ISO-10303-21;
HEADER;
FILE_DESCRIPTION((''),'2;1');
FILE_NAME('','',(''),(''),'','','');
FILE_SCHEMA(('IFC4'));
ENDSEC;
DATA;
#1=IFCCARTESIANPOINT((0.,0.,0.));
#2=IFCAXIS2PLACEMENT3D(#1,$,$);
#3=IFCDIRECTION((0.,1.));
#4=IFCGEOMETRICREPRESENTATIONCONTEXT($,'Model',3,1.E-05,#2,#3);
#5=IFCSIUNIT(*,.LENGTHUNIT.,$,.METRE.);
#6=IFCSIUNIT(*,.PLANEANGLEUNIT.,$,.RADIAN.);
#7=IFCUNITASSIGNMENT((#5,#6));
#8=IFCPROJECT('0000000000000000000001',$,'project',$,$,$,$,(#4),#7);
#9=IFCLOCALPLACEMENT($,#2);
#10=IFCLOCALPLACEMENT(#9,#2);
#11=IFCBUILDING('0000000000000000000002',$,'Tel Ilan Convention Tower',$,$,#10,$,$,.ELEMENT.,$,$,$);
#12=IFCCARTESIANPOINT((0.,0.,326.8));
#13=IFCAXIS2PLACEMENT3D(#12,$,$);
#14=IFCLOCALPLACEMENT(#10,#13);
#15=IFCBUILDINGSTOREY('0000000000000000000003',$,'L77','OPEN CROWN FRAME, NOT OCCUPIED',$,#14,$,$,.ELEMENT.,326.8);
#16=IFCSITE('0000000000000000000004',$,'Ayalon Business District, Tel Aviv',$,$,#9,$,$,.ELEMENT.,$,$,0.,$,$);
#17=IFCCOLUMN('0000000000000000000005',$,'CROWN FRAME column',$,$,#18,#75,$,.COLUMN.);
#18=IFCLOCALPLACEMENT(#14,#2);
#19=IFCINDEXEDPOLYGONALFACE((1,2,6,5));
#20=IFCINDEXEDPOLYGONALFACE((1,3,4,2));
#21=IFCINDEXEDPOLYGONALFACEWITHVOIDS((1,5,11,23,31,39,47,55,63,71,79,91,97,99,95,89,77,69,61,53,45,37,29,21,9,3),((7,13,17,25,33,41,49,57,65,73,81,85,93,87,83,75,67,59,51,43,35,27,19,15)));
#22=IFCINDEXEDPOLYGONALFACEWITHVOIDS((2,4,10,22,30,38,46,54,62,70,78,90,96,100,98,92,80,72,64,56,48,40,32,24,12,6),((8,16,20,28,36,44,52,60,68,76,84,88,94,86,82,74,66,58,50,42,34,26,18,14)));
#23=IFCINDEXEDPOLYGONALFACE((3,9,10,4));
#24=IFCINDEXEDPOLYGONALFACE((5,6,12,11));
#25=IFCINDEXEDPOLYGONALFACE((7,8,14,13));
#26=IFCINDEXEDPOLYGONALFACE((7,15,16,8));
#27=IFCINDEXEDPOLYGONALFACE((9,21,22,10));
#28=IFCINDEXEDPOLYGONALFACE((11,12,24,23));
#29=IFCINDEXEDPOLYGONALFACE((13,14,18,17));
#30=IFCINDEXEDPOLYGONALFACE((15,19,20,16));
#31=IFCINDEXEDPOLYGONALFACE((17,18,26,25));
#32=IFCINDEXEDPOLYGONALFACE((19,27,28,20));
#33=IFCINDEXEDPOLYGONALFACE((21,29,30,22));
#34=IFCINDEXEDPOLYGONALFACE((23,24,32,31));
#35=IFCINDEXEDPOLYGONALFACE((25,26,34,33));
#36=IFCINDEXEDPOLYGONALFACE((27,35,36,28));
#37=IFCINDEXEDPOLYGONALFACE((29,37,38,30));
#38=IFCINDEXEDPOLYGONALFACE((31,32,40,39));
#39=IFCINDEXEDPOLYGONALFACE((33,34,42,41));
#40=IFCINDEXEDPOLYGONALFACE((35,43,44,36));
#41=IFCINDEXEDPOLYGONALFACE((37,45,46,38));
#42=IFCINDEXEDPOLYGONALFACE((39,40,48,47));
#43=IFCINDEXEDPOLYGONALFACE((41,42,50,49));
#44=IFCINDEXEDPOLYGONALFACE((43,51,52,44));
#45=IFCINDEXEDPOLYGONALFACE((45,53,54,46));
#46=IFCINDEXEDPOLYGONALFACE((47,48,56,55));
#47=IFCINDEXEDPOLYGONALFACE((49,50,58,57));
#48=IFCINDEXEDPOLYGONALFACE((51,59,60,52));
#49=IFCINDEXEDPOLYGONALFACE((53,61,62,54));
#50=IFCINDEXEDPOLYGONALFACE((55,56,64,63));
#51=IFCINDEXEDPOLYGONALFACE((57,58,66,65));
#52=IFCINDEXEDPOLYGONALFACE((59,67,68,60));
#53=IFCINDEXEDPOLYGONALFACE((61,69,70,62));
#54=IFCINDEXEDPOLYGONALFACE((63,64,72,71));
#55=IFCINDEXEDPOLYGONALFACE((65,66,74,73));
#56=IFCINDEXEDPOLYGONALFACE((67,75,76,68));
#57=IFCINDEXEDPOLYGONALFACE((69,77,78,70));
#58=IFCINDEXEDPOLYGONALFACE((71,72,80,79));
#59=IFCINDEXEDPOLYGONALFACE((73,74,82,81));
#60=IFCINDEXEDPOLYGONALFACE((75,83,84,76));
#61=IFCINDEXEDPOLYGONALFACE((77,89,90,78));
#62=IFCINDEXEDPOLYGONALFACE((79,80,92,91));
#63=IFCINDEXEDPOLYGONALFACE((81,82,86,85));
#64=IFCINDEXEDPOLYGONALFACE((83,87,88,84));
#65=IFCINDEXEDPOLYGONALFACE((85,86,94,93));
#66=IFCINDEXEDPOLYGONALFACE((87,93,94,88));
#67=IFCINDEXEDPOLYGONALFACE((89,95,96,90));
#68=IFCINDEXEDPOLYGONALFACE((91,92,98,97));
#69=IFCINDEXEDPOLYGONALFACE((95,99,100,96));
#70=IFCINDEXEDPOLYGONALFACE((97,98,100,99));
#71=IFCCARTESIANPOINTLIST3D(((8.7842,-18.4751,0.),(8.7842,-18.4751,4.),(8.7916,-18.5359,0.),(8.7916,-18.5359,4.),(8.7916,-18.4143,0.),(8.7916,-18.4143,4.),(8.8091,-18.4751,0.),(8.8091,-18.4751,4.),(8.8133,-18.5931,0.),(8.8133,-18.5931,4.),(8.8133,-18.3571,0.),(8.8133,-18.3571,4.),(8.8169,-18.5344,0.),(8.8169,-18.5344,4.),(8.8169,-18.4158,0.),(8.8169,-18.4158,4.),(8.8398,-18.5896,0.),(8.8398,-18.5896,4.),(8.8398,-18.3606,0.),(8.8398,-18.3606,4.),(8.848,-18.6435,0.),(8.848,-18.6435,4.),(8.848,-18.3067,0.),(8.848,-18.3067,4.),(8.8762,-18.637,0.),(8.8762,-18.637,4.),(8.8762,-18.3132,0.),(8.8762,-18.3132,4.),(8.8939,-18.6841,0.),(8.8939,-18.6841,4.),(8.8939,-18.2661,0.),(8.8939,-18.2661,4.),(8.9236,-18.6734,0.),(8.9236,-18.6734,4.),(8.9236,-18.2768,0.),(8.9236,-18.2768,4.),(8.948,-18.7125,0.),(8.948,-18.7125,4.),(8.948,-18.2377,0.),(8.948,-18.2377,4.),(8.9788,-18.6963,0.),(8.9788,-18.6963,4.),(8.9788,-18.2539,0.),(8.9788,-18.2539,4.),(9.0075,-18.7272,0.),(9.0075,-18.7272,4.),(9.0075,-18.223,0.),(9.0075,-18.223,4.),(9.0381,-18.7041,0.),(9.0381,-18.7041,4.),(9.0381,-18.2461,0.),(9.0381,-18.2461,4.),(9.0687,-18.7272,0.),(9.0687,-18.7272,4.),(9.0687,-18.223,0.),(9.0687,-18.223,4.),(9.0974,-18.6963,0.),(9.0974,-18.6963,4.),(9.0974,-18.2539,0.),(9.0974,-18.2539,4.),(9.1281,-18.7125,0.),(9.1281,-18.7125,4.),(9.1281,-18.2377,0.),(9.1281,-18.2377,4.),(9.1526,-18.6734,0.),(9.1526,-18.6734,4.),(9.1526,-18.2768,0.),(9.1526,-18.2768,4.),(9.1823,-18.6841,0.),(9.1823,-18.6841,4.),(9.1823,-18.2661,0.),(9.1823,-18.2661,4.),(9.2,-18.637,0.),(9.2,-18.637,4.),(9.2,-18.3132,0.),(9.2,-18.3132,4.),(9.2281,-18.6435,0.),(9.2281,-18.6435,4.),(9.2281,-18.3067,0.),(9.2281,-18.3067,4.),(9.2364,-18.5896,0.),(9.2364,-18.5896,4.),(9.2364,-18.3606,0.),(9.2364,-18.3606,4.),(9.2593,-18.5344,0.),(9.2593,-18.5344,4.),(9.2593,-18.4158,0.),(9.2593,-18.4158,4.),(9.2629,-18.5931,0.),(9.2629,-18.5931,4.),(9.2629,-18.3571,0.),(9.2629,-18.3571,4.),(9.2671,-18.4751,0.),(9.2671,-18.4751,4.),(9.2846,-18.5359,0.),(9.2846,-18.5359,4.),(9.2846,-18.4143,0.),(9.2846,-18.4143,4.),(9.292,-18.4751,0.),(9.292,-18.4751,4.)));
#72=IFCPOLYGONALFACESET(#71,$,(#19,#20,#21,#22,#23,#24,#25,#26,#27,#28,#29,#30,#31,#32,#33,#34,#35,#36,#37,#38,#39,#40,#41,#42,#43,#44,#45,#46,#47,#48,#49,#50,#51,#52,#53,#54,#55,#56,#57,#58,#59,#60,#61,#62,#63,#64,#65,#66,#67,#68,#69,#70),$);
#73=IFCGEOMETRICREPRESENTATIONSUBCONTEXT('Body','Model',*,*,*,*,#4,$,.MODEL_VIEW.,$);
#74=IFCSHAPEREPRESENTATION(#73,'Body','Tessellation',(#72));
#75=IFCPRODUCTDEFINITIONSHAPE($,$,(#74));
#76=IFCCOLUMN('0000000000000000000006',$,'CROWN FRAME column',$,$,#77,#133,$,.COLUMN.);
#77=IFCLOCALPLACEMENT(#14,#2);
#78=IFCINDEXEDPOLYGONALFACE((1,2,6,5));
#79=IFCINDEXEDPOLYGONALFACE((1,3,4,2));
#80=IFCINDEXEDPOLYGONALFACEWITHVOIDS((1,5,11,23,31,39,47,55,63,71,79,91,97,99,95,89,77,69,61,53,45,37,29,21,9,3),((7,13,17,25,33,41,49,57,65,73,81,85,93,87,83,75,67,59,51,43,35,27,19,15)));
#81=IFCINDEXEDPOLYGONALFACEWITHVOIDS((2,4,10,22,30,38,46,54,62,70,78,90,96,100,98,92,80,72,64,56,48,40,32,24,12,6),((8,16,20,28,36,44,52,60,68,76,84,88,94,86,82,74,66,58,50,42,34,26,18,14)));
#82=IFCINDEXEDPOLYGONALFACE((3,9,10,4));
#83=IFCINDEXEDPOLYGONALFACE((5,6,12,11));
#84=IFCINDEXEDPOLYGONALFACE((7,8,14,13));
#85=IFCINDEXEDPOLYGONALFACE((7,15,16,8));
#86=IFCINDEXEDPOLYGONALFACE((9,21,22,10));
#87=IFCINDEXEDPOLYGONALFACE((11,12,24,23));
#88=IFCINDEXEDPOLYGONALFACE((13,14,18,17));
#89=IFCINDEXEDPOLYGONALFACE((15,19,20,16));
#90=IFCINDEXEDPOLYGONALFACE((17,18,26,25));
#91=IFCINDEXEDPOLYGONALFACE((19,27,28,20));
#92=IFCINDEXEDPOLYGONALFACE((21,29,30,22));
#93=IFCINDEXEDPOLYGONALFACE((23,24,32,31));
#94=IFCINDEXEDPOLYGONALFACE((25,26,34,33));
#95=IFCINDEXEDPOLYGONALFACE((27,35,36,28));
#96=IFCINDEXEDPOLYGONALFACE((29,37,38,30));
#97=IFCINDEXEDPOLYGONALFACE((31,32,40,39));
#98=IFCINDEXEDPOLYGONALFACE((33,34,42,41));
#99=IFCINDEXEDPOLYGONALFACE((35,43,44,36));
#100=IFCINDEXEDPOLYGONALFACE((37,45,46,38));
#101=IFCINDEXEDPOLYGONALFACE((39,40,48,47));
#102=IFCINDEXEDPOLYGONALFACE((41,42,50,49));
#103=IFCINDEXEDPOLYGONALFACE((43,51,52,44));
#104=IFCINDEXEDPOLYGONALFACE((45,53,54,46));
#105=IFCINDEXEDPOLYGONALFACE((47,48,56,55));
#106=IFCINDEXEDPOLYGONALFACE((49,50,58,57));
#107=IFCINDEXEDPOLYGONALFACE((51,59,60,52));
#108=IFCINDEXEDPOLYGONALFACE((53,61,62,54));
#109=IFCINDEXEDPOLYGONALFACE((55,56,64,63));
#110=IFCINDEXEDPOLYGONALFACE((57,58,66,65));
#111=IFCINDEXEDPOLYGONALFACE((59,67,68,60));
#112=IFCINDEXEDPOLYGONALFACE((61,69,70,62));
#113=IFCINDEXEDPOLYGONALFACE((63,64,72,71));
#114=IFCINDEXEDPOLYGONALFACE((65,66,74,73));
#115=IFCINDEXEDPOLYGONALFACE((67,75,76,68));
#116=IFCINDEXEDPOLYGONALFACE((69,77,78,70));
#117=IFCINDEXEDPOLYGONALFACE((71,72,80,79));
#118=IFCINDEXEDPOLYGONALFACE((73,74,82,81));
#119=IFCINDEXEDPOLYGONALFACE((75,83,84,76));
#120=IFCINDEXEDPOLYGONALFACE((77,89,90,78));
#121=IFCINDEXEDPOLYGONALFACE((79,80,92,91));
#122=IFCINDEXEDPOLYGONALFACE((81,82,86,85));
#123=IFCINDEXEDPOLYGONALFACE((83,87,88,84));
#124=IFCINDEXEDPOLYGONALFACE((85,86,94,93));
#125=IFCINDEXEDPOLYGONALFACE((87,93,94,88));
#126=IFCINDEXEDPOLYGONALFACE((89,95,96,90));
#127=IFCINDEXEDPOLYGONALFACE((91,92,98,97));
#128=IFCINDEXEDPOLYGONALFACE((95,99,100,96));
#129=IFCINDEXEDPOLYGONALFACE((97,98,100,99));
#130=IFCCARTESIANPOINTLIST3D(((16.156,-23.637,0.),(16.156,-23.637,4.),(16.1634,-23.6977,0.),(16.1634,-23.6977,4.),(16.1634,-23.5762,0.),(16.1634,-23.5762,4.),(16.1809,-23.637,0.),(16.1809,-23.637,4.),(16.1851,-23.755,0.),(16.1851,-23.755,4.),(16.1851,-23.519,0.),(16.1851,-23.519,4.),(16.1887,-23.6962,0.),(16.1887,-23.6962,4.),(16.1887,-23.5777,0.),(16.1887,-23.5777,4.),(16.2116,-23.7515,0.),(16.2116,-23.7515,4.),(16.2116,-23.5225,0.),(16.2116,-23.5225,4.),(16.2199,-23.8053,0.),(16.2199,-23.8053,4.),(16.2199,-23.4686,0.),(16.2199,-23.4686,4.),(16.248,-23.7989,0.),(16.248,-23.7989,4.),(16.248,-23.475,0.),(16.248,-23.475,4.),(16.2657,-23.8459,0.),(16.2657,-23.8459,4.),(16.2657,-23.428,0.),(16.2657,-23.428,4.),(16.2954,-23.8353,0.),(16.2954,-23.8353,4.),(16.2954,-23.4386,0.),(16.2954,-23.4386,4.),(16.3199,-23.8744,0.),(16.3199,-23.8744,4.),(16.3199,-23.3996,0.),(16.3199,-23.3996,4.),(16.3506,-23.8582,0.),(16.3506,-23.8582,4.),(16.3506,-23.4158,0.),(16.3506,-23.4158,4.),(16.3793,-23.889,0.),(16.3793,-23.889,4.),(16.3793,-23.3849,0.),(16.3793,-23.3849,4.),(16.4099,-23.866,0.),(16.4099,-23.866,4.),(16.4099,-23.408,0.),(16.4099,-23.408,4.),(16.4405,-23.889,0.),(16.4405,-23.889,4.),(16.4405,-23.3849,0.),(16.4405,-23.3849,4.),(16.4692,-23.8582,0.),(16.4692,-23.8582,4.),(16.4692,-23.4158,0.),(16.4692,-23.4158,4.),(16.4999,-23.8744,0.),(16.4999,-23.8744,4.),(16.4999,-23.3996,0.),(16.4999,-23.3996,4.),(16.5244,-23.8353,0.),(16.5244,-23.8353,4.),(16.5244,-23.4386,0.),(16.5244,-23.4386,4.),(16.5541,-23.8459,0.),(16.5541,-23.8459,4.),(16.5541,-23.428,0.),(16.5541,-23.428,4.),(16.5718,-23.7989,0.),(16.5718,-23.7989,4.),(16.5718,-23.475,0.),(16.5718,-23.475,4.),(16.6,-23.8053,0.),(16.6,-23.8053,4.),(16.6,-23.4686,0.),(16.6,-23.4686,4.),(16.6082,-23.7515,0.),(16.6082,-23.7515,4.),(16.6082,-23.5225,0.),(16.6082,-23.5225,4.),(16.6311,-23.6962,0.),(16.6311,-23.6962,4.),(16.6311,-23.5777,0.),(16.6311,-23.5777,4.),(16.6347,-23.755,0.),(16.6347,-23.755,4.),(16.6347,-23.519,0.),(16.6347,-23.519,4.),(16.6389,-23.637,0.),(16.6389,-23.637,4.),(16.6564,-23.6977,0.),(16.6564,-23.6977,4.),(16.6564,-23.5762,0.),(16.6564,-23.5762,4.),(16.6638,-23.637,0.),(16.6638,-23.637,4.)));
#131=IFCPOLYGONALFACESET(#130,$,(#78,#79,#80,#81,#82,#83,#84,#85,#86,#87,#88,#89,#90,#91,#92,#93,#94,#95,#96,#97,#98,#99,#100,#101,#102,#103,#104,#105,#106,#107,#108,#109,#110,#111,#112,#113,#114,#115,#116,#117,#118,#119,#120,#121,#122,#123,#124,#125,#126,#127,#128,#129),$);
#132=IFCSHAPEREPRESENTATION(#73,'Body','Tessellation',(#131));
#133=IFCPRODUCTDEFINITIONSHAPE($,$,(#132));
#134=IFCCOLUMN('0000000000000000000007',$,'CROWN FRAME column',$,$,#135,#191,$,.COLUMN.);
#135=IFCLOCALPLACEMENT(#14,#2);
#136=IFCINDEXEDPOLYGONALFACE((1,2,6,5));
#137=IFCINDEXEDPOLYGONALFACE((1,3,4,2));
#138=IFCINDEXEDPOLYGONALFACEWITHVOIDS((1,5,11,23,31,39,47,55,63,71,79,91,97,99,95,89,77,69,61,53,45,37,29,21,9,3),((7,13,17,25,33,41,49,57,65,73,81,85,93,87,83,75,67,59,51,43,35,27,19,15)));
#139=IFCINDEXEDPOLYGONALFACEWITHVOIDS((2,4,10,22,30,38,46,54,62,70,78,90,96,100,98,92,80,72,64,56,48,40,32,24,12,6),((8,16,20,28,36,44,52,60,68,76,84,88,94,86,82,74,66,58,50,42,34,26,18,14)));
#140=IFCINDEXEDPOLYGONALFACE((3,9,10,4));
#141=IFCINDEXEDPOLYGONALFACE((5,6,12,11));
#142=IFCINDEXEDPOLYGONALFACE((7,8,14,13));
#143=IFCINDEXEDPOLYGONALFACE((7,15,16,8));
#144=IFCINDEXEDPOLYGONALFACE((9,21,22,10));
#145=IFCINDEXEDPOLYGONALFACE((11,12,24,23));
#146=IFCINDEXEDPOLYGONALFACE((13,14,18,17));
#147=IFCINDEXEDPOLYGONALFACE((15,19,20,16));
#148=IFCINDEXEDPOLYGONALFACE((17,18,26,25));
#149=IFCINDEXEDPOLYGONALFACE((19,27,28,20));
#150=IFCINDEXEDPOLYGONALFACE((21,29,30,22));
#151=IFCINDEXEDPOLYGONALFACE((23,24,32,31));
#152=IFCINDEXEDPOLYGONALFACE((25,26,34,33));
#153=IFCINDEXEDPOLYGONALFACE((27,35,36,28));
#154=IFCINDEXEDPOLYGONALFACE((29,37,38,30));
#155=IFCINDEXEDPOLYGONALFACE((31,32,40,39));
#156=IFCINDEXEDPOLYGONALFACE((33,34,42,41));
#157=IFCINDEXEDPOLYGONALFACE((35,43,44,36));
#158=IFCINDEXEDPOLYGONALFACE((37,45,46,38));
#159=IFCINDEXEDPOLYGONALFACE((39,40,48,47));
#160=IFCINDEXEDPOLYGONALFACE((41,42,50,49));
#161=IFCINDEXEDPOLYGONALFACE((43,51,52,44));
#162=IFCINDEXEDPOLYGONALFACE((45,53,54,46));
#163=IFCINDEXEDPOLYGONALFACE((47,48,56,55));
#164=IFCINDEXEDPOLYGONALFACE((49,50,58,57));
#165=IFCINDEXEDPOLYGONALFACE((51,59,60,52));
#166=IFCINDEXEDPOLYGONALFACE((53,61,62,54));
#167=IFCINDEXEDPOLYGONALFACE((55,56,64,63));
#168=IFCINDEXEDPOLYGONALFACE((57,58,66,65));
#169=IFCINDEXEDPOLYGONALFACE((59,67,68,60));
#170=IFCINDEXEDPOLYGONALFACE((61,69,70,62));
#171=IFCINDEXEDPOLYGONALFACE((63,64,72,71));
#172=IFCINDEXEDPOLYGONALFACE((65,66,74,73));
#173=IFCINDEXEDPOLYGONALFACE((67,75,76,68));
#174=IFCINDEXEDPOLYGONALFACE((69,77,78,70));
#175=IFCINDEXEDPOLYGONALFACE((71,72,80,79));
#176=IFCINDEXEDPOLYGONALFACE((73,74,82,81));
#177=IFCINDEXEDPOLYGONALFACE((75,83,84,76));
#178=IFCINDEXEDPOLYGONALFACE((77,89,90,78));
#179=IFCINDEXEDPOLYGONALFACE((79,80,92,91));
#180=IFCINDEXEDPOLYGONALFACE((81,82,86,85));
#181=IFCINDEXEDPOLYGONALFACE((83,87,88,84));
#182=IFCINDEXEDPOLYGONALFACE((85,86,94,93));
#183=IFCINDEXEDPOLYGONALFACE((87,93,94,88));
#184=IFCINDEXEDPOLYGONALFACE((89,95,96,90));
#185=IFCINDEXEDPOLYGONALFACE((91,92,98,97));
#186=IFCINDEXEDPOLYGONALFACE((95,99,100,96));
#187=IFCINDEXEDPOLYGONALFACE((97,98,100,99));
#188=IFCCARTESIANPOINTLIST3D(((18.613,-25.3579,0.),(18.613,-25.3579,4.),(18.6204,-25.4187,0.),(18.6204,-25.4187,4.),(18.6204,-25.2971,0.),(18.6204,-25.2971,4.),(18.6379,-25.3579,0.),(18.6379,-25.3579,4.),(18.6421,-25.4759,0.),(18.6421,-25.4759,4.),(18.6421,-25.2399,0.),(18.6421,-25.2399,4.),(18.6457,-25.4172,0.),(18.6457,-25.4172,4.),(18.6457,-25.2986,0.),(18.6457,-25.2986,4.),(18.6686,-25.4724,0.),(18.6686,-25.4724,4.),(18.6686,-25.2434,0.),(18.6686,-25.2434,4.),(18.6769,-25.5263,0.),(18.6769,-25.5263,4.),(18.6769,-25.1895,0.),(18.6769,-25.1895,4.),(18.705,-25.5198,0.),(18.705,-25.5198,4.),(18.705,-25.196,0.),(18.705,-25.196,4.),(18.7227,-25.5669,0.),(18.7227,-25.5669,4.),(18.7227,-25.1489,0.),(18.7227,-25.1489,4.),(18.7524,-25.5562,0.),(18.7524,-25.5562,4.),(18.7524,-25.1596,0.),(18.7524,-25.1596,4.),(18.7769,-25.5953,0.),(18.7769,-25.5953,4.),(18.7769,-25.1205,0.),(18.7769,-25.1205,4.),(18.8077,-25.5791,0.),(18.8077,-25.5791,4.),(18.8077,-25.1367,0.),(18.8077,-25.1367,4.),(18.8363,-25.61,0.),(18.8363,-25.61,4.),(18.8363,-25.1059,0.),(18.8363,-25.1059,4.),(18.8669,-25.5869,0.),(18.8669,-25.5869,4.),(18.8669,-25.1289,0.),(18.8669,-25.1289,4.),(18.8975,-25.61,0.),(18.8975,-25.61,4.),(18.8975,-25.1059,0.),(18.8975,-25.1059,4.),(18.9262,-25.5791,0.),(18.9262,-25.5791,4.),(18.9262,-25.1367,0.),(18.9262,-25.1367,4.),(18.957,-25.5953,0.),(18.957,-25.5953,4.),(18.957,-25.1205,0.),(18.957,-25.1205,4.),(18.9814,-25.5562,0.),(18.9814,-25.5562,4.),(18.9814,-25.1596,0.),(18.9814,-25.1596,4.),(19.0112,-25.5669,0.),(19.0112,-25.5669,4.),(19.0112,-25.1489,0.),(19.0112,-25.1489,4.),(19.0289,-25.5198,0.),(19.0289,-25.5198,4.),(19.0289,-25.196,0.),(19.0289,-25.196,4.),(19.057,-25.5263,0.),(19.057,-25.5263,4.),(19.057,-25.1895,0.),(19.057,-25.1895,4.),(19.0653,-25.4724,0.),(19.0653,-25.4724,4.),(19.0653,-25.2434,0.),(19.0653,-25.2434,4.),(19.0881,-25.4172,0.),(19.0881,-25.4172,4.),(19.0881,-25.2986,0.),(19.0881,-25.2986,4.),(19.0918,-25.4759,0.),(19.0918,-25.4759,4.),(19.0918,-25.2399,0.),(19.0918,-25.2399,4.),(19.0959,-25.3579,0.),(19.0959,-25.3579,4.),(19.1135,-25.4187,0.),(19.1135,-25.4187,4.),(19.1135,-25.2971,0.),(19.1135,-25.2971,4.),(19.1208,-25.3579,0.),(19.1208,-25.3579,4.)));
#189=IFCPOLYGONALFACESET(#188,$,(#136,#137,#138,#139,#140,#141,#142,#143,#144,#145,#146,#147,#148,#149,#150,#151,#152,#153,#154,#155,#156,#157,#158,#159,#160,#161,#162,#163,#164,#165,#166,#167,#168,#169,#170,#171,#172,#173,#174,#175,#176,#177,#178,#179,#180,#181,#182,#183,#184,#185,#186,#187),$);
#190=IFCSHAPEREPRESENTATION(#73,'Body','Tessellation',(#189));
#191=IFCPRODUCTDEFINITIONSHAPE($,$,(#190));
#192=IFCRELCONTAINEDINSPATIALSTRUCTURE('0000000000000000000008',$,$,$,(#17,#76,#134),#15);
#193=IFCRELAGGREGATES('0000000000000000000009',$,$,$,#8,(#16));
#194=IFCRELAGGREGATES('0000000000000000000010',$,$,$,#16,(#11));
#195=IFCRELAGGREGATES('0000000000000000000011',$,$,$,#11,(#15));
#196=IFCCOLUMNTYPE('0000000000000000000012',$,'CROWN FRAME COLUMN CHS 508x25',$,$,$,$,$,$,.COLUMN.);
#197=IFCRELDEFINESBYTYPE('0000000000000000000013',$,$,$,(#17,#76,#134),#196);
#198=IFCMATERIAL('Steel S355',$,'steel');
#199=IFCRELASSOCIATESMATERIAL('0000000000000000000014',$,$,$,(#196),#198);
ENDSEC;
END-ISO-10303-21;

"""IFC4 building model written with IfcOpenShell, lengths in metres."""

from ifc_helpers import new_model, si_unit, direction, frame, origin, origin_2d, place, context, subcontext, project, spatial, hollow_circle, extrude, material, material_profile, profile_set, type_object, element, save


model = new_model("IFC4")

# Units and contexts
model_context = context("Model", 3, precision=1e-05, world=origin(), true_north=direction((0.0, 1.0)))
body_context = subcontext(model_context, "Body", "Model", "MODEL_VIEW")
ifc_project = project(units=[si_unit("LENGTHUNIT", "METRE"), si_unit("PLANEANGLEUNIT", "RADIAN")], contexts=[model_context])

# Site, building, storey
site_placement = place(None, origin())
site = spatial("IfcSite", under=ifc_project, at=site_placement, Name="Ayalon Business District, Tel Aviv", CompositionType="ELEMENT", RefElevation=0.0)
building_placement = place(site_placement, origin())
building = spatial("IfcBuilding", under=site, at=building_placement, Name="Tel Ilan Convention Tower", CompositionType="ELEMENT")
storey_placement = place(building_placement, frame((0.0, 0.0, 326.8)))
storey = spatial("IfcBuildingStorey", under=building, at=storey_placement, Name="L77", Description="OPEN CROWN FRAME, NOT OCCUPIED", CompositionType="ELEMENT", Elevation=326.8)

# Columns
ifc_material_1 = material(Name="Steel S355", Category="steel")
ifc_material_profile_1 = material_profile(ifc_material_1, hollow_circle(Radius=0.2539, WallThickness=0.0249, at=origin_2d()), Name="CHS 508x25")
ifc_profile_set_1 = profile_set([ifc_material_profile_1], Name="Steel S355")
column_type = type_object("IfcColumnType", Name="CROWN FRAME COLUMN CHS 508x25", PredefinedType="COLUMN", material=ifc_profile_set_1)
for number, where, z_axis, x_axis, name in (
    (1, (9.0381, -18.4751, 0.0), (0.0, 0.0, 1.0), (1.0, 0.0, 0.0), "CROWN FRAME column"),
    (2, (16.4099, -23.637, 0.0), (0.0, 0.0, 1.0), (1.0, 0.0, 0.0), "CROWN FRAME column"),
    (3, (18.8669, -25.3579, 0.0), (0.0, 0.0, 1.0), (1.0, 0.0, 0.0), "CROWN FRAME column"),
):
    element("IfcColumn", number, at=place(storey_placement, frame(where, z_axis=z_axis, x_axis=x_axis)), inside=storey, type_object=column_type, Name=name, PredefinedType="COLUMN", context=body_context, shape_type="SweptSolid", body=[
        extrude(hollow_circle(Radius=0.2539, WallThickness=0.0249, at=origin_2d()), origin(), (0.0, 0.0, 1.0), 4.0),
    ])

save(model, "model.ifc")
